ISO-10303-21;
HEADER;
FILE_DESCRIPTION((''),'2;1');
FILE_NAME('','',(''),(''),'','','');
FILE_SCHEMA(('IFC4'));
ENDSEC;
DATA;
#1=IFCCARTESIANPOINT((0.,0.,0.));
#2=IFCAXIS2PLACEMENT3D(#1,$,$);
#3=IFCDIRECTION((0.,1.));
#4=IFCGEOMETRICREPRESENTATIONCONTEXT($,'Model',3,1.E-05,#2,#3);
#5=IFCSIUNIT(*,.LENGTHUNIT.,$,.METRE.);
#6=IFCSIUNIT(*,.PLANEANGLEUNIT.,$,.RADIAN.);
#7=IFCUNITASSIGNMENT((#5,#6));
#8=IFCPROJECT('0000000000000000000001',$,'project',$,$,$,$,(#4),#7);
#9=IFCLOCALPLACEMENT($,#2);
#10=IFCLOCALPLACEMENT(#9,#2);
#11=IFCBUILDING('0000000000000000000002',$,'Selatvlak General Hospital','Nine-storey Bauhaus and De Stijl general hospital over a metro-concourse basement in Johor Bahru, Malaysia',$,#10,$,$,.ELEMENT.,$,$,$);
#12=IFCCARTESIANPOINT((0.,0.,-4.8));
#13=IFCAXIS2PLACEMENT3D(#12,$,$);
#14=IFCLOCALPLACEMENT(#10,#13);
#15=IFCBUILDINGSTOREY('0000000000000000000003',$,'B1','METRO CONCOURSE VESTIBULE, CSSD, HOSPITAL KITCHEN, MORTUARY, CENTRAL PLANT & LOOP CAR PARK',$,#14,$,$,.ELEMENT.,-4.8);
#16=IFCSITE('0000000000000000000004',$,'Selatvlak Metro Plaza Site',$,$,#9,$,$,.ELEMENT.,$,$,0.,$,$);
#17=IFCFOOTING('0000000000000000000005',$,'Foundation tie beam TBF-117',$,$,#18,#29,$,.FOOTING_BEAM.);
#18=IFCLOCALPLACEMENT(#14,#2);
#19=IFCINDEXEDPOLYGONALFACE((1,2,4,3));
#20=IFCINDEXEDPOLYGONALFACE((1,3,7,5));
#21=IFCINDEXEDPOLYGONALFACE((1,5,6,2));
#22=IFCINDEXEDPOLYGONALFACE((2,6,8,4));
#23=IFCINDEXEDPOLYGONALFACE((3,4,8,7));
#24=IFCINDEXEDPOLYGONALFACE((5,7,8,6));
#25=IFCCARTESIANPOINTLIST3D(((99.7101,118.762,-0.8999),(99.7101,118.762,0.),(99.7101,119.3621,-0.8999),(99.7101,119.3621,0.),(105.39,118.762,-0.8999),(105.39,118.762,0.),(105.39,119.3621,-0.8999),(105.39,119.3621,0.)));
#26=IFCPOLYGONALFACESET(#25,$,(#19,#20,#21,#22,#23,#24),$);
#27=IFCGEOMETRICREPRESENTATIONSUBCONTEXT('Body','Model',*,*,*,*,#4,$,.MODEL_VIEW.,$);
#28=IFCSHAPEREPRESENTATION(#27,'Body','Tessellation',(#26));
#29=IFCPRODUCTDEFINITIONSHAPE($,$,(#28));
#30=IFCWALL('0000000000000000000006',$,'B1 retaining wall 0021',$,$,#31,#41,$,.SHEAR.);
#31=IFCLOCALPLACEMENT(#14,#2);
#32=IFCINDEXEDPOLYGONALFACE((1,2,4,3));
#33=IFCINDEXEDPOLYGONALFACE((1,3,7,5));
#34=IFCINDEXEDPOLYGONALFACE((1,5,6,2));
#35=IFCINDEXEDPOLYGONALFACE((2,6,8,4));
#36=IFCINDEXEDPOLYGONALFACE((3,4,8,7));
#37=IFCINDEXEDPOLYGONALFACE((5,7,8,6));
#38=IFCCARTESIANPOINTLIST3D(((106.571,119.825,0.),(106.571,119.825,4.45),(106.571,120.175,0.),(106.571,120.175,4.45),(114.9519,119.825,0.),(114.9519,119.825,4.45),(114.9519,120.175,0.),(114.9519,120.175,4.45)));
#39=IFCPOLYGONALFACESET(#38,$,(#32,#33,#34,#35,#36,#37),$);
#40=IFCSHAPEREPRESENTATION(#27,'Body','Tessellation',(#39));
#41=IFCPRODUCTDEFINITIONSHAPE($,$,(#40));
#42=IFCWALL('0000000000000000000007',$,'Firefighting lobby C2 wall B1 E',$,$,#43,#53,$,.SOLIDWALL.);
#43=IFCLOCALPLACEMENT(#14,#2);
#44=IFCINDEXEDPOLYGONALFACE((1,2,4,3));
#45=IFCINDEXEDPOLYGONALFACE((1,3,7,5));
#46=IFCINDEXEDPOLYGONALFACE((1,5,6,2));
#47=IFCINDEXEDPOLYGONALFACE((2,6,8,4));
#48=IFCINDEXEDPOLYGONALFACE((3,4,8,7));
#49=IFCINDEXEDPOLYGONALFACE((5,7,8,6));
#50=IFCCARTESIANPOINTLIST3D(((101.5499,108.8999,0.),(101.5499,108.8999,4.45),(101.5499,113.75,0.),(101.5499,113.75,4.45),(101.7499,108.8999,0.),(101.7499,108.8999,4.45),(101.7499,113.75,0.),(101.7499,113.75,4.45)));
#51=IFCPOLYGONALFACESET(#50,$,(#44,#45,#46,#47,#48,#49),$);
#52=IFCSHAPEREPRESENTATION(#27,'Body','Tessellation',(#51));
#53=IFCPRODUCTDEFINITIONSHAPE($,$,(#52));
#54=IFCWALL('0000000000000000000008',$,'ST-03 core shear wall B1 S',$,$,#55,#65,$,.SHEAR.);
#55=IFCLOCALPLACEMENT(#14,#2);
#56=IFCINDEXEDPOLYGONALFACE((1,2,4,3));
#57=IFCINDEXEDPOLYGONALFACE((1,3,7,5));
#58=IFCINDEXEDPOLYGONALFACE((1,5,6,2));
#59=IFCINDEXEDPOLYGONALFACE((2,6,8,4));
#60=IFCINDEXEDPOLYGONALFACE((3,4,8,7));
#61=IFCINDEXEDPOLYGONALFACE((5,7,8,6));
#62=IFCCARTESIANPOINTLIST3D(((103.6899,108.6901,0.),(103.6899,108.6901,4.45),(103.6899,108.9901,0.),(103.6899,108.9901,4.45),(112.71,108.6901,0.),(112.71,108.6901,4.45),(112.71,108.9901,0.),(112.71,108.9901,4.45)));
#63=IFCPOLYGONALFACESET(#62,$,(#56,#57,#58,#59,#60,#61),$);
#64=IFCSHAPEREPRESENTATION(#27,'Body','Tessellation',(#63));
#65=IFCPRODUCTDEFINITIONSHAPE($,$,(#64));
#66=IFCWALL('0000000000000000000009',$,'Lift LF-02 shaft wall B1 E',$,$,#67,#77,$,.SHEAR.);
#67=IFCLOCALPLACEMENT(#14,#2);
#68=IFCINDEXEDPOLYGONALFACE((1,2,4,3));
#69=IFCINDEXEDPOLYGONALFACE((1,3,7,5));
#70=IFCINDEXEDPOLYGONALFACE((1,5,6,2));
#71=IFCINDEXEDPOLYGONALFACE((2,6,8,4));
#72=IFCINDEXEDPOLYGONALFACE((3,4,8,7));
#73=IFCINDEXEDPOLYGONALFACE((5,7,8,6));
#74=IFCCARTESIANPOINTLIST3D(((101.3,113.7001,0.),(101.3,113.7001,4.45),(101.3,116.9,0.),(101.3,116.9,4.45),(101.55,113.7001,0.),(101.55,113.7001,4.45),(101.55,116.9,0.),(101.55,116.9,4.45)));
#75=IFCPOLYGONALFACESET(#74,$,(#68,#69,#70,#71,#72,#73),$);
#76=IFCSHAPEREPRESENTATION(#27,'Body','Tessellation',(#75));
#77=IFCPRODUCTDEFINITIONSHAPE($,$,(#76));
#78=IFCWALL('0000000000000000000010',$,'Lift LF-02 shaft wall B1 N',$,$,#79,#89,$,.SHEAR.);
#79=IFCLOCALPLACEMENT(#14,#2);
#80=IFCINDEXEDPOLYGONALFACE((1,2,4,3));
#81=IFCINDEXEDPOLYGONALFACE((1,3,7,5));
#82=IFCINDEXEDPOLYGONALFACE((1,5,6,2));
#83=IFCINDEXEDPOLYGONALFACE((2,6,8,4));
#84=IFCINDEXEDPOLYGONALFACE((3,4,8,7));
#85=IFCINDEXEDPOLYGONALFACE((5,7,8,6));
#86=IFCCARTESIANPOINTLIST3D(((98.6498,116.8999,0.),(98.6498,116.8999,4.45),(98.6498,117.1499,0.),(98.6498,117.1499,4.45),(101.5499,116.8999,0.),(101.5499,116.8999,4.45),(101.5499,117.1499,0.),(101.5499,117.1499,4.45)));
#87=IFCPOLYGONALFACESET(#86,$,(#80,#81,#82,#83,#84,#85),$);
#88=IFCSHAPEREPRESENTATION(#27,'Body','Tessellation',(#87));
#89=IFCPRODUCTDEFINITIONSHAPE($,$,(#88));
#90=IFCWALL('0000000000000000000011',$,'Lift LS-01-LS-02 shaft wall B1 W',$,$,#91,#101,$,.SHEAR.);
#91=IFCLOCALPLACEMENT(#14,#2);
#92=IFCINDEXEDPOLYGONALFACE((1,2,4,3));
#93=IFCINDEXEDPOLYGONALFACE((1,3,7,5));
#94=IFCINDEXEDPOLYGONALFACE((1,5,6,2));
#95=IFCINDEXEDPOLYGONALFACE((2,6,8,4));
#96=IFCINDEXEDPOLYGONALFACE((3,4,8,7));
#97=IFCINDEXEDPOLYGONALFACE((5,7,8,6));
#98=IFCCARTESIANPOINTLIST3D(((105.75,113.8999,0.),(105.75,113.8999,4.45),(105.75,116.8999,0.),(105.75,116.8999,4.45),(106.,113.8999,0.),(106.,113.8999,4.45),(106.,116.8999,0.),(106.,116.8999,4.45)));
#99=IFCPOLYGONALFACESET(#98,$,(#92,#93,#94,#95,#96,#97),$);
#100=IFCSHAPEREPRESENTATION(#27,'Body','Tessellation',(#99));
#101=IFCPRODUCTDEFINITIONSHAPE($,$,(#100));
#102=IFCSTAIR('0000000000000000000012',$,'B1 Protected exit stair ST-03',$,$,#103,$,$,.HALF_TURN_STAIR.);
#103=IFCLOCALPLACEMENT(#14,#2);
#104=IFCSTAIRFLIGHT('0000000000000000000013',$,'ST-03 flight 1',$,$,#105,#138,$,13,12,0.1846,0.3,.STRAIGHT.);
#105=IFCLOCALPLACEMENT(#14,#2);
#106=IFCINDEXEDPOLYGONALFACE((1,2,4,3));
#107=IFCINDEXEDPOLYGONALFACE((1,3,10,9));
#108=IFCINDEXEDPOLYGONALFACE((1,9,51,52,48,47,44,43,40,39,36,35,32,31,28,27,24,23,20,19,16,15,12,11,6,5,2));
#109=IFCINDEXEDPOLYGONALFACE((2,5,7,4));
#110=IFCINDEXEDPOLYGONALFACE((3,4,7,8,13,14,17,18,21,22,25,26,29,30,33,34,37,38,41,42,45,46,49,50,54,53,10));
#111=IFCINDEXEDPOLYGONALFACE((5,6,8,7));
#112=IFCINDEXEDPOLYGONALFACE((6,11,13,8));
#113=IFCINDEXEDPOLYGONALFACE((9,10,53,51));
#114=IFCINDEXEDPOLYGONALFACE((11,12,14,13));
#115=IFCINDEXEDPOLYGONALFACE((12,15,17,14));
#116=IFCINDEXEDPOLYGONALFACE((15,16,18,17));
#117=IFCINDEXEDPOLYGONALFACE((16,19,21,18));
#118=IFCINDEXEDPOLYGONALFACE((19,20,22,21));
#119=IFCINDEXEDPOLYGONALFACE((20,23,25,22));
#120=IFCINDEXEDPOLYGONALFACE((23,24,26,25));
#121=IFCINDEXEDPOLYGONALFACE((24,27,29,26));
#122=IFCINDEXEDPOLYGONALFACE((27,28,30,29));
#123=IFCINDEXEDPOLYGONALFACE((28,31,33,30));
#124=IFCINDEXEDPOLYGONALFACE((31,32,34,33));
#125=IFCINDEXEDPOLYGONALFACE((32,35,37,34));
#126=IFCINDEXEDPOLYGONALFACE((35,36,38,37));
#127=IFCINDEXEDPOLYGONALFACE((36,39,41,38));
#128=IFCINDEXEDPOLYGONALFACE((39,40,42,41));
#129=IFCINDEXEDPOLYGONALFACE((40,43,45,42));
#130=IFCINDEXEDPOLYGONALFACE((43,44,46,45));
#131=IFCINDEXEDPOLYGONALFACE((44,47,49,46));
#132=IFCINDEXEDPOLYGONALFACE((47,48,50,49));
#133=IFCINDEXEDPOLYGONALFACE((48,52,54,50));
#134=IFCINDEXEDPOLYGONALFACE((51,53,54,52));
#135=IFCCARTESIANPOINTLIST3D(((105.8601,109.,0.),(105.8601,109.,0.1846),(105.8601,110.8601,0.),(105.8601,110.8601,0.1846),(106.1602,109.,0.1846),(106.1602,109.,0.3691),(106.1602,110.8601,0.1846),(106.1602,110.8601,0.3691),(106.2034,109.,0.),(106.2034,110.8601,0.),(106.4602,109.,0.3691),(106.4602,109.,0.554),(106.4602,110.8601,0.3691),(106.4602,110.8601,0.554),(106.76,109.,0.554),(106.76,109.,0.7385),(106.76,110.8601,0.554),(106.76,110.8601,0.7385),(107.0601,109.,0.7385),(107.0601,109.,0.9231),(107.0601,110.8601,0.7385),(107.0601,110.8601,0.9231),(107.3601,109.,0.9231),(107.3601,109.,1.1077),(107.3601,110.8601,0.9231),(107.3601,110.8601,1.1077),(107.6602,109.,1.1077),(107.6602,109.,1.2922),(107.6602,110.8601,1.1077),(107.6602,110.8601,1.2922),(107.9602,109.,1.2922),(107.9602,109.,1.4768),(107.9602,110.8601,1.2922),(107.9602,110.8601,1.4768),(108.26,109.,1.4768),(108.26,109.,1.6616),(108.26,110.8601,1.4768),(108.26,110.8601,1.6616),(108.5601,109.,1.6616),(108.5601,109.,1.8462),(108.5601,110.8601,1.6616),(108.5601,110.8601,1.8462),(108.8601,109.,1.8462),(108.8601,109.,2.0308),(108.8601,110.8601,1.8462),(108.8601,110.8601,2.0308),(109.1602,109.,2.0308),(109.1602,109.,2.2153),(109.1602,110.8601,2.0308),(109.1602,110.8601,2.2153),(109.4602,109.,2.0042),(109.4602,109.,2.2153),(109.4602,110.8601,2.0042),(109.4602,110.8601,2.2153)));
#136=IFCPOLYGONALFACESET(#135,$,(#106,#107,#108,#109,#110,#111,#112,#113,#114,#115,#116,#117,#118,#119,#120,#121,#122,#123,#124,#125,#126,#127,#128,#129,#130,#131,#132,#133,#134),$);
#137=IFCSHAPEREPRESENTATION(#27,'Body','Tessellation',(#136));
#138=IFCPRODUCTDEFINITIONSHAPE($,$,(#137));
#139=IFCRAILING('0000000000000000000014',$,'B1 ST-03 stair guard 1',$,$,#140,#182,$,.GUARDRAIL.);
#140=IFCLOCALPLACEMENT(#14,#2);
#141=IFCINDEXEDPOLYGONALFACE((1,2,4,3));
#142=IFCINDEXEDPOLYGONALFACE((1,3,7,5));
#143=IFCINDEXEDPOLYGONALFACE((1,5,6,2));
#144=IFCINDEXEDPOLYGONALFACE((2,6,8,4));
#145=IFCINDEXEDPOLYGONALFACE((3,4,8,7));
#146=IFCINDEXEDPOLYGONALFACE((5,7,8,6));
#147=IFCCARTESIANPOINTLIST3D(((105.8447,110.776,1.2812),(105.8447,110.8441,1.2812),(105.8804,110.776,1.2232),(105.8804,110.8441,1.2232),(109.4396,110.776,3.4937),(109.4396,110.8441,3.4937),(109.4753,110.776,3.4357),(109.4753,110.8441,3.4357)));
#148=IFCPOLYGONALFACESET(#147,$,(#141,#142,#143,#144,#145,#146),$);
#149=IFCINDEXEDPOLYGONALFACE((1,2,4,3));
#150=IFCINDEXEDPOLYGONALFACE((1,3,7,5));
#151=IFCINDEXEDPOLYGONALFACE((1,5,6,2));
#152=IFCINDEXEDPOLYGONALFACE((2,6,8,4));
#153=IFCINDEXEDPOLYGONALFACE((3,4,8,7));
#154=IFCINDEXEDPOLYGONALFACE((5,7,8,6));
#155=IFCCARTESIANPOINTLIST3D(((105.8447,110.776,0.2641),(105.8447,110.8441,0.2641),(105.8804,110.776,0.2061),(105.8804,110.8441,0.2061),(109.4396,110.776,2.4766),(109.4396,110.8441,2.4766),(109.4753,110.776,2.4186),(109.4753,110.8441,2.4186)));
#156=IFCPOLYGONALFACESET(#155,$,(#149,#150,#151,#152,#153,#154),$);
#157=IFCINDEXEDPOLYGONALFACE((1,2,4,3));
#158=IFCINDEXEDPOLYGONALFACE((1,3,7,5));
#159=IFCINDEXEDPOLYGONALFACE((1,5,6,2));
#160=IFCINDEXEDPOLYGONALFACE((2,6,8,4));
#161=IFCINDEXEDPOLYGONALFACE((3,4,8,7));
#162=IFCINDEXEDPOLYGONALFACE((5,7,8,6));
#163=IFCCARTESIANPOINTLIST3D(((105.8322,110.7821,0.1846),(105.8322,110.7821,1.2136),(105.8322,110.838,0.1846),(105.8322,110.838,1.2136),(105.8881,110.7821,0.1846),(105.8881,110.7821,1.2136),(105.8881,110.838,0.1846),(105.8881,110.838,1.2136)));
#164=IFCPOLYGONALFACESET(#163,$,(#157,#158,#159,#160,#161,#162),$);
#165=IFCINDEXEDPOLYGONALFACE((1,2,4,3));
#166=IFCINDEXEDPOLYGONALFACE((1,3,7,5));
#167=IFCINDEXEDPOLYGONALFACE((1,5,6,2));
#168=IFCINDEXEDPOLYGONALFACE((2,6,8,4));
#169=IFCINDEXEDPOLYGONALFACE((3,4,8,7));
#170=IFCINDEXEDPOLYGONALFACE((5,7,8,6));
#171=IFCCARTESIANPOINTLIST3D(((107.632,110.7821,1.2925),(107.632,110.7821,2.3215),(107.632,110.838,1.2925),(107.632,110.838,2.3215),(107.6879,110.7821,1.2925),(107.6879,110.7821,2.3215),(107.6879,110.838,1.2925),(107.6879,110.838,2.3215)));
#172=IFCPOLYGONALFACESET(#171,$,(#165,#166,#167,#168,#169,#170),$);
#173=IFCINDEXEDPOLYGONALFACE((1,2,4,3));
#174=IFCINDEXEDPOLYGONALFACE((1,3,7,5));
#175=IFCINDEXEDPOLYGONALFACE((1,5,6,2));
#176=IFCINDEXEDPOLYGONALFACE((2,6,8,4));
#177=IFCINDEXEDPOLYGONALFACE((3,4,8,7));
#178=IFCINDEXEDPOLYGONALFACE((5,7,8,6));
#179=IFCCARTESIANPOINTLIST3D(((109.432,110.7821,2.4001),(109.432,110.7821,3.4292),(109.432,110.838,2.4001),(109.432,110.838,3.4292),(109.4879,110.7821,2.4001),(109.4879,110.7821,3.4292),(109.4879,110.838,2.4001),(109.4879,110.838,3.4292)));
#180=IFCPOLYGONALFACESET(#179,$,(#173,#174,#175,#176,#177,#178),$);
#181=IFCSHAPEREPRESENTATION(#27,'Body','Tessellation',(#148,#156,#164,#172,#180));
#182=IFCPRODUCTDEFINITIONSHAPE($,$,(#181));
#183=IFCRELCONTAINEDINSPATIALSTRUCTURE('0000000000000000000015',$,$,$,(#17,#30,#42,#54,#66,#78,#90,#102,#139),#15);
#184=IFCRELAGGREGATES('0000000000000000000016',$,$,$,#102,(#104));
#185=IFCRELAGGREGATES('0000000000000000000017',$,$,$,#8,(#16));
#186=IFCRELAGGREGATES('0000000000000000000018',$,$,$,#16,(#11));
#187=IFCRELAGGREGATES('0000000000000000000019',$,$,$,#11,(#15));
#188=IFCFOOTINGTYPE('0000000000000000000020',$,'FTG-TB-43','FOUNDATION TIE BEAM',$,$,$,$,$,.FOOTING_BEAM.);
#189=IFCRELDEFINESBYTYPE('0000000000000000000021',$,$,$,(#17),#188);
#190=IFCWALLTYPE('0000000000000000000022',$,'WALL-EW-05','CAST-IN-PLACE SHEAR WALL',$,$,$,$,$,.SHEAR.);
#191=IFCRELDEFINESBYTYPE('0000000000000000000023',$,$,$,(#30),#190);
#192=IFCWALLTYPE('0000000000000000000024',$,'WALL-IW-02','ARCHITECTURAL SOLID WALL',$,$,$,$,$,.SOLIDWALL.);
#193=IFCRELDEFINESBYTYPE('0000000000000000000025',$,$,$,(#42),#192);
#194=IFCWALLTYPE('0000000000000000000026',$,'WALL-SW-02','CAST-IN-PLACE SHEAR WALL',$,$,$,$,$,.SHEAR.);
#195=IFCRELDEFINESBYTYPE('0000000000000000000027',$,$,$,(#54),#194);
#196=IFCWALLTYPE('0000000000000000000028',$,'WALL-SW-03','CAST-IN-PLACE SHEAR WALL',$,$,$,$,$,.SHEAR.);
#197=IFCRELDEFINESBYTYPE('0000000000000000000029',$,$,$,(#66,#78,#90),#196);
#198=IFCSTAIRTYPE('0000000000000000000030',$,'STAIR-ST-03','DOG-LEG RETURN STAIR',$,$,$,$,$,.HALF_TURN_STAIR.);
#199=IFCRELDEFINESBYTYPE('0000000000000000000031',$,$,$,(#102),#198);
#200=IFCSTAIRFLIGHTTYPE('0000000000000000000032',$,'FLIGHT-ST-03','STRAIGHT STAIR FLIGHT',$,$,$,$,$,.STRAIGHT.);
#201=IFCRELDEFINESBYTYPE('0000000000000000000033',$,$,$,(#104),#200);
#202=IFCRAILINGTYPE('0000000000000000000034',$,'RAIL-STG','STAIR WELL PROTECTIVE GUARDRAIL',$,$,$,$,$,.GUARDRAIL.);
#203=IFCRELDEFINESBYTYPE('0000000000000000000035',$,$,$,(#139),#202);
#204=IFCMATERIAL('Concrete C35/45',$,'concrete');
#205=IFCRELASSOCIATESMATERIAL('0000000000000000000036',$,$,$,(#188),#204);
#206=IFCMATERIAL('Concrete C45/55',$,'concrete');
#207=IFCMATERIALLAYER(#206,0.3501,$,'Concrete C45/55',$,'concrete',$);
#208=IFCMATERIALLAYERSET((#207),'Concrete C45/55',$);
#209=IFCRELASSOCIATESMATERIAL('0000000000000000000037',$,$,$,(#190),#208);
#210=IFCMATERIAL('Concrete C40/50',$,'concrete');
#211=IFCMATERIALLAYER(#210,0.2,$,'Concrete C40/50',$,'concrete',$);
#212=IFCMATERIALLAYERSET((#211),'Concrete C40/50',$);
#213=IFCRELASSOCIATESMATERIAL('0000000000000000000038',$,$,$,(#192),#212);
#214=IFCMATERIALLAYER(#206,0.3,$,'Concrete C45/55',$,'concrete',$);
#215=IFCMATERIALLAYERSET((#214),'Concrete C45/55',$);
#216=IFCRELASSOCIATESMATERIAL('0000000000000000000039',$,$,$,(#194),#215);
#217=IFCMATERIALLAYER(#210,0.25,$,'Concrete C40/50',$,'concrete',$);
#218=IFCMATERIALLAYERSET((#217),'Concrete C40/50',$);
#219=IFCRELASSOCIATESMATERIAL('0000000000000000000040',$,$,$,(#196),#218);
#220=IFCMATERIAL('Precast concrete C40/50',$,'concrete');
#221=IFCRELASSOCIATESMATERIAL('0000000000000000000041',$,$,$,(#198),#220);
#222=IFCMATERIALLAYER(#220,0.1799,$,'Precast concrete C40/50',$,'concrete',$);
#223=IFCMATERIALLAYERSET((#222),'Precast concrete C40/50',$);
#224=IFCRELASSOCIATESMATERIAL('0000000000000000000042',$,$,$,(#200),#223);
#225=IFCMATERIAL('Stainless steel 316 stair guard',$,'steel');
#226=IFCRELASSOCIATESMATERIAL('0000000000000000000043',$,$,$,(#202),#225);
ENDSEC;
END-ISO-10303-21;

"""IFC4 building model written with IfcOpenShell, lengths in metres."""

from ifc_helpers import new_model, si_unit, direction, frame, frame_2d, origin, origin_2d, place, context, subcontext, project, spatial, polyline, rectangle, outline, extrude, material, layer, layer_set, type_object, element, aggregate, save


model = new_model("IFC4")

# Units and contexts
model_context = context("Model", 3, precision=1e-05, world=origin(), true_north=direction((0.0, 1.0)))
body_context = subcontext(model_context, "Body", "Model", "MODEL_VIEW")
ifc_project = project(units=[si_unit("LENGTHUNIT", "METRE"), si_unit("PLANEANGLEUNIT", "RADIAN")], contexts=[model_context])

# Site, building, storey
site_placement = place(None, origin())
site = spatial("IfcSite", under=ifc_project, at=site_placement, Name="Selatvlak Metro Plaza Site", CompositionType="ELEMENT", RefElevation=0.0)
building_placement = place(site_placement, origin())
building = spatial("IfcBuilding", under=site, at=building_placement, Name="Selatvlak General Hospital", Description="Nine-storey Bauhaus and De Stijl general hospital over a metro-concourse basement in Johor Bahru, Malaysia", CompositionType="ELEMENT")
storey_placement = place(building_placement, frame((0.0, 0.0, -4.8)))
storey = spatial("IfcBuildingStorey", under=building, at=storey_placement, Name="B1", Description="METRO CONCOURSE VESTIBULE, CSSD, HOSPITAL KITCHEN, MORTUARY, CENTRAL PLANT & LOOP CAR PARK", CompositionType="ELEMENT", Elevation=-4.8)

# Footing
ifc_material_1 = material(Name="Concrete C35/45", Category="concrete")
footing_type = type_object("IfcFootingType", Name="FTG-TB-43", Description="FOUNDATION TIE BEAM", PredefinedType="FOOTING_BEAM", material=ifc_material_1)
footing_placement = place(storey_placement, frame((102.55, 119.062, -0.8999), z_axis=(0.0, 0.0, 1.0), x_axis=(1.0, 0.0, 0.0)))
element("IfcFooting", 1, at=footing_placement, inside=storey, type_object=footing_type, Name="Foundation tie beam TBF-117", PredefinedType="FOOTING_BEAM", context=body_context, shape_type="SweptSolid", body=[
    extrude(rectangle(XDim=5.6799, YDim=0.6001, at=origin_2d()), origin(), (0.0, 0.0, 1.0), 0.8999),
])

# Walls
ifc_material_2 = material(Name="Concrete C45/55", Category="concrete")
ifc_layer_1 = layer(ifc_material_2, 0.3501, Name="Concrete C45/55", Category="concrete")
ifc_layer_set_1 = layer_set([ifc_layer_1], Name="Concrete C45/55")
wall_type_1 = type_object("IfcWallType", Name="WALL-EW-05", Description="CAST-IN-PLACE SHEAR WALL", PredefinedType="SHEAR", material=ifc_layer_set_1)
wall_1_placement = place(storey_placement, frame((106.571, 120.0, 0.0), z_axis=(0.0, 0.0, 1.0), x_axis=(1.0, 0.0, 0.0)))
element("IfcWall", 2, at=wall_1_placement, inside=storey, type_object=wall_type_1, Name="B1 retaining wall 0021", PredefinedType="SHEAR", context=body_context, shape_type="SweptSolid", body=[
    extrude(rectangle(XDim=8.3809, YDim=0.3501, at=frame_2d((4.1904, 0.0))), origin(), (0.0, 0.0, 1.0), 4.45),
])
ifc_material_3 = material(Name="Concrete C40/50", Category="concrete")
ifc_layer_2 = layer(ifc_material_3, 0.2, Name="Concrete C40/50", Category="concrete")
ifc_layer_set_2 = layer_set([ifc_layer_2], Name="Concrete C40/50")
wall_type_2 = type_object("IfcWallType", Name="WALL-IW-02", Description="ARCHITECTURAL SOLID WALL", PredefinedType="SOLIDWALL", material=ifc_layer_set_2)
wall_2_placement = place(storey_placement, frame((101.6499, 108.8999, 0.0), z_axis=(0.0, 0.0, 1.0), x_axis=(0.0, 1.0, 0.0)))
element("IfcWall", 3, at=wall_2_placement, inside=storey, type_object=wall_type_2, Name="Firefighting lobby C2 wall B1 E", PredefinedType="SOLIDWALL", context=body_context, shape_type="SweptSolid", body=[
    extrude(rectangle(XDim=4.8501, YDim=0.2, at=frame_2d((2.425, 0.0))), origin(), (0.0, 0.0, 1.0), 4.45),
])

# Wall
ifc_layer_3 = layer(ifc_material_2, 0.3, Name="Concrete C45/55", Category="concrete")
ifc_layer_set_3 = layer_set([ifc_layer_3], Name="Concrete C45/55")
wall_type_3 = type_object("IfcWallType", Name="WALL-SW-02", Description="CAST-IN-PLACE SHEAR WALL", PredefinedType="SHEAR", material=ifc_layer_set_3)
wall_3_placement = place(storey_placement, frame((103.6899, 108.8401, 0.0), z_axis=(0.0, 0.0, 1.0), x_axis=(1.0, 0.0, 0.0)))
element("IfcWall", 4, at=wall_3_placement, inside=storey, type_object=wall_type_3, Name="ST-03 core shear wall B1 S", PredefinedType="SHEAR", context=body_context, shape_type="SweptSolid", body=[
    extrude(rectangle(XDim=9.02, YDim=0.3, at=frame_2d((4.51, 0.0))), origin(), (0.0, 0.0, 1.0), 4.45),
])

# Walls
ifc_layer_4 = layer(ifc_material_3, 0.25, Name="Concrete C40/50", Category="concrete")
ifc_layer_set_4 = layer_set([ifc_layer_4], Name="Concrete C40/50")
wall_type_4 = type_object("IfcWallType", Name="WALL-SW-03", Description="CAST-IN-PLACE SHEAR WALL", PredefinedType="SHEAR", material=ifc_layer_set_4)
wall_4_placement = place(storey_placement, frame((101.425, 113.7, 0.0), z_axis=(0.0, 0.0, 1.0), x_axis=(0.0, 1.0, 0.0)))
element("IfcWall", 5, at=wall_4_placement, inside=storey, type_object=wall_type_4, Name="Lift LF-02 shaft wall B1 E", PredefinedType="SHEAR", context=body_context, shape_type="SweptSolid", body=[
    extrude(rectangle(XDim=3.2, YDim=0.25, at=frame_2d((1.6001, 0.0))), origin(), (0.0, 0.0, 1.0), 4.45),
])
wall_5_placement = place(storey_placement, frame((101.55, 117.0249, 0.0), z_axis=(0.0, 0.0, 1.0), x_axis=(-1.0, 0.0, 0.0)))
element("IfcWall", 6, at=wall_5_placement, inside=storey, type_object=wall_type_4, Name="Lift LF-02 shaft wall B1 N", PredefinedType="SHEAR", context=body_context, shape_type="SweptSolid", body=[
    extrude(rectangle(XDim=2.9001, YDim=0.25, at=frame_2d((1.4502, 0.0))), origin(), (0.0, 0.0, 1.0), 4.45),
])

# Wall
wall_6_placement = place(storey_placement, frame((105.875, 116.8999, 0.0), z_axis=(0.0, 0.0, 1.0), x_axis=(0.0, -1.0, 0.0)))
element("IfcWall", 7, at=wall_6_placement, inside=storey, type_object=wall_type_4, Name="Lift LS-01-LS-02 shaft wall B1 W", PredefinedType="SHEAR", context=body_context, shape_type="SweptSolid", body=[
    extrude(rectangle(XDim=3.0, YDim=0.25, at=frame_2d((1.5, 0.0))), origin(), (0.0, 0.0, 1.0), 4.45),
])

# Stair, stair flight
ifc_material_4 = material(Name="Precast concrete C40/50", Category="concrete")
stair_type = type_object("IfcStairType", Name="STAIR-ST-03", Description="DOG-LEG RETURN STAIR", PredefinedType="HALF_TURN_STAIR", material=ifc_material_4)
stair_placement = place(storey_placement, origin())
stair = element("IfcStair", 8, at=stair_placement, inside=storey, type_object=stair_type, Name="B1 Protected exit stair ST-03", PredefinedType="HALF_TURN_STAIR")
ifc_layer_5 = layer(ifc_material_4, 0.1799, Name="Precast concrete C40/50", Category="concrete")
ifc_layer_set_5 = layer_set([ifc_layer_5], Name="Precast concrete C40/50")
stair_flight_type = type_object("IfcStairFlightType", Name="FLIGHT-ST-03", Description="STRAIGHT STAIR FLIGHT", PredefinedType="STRAIGHT", material=ifc_layer_set_5)
stair_flight_placement = place(storey_placement, frame((105.8601, 109.9299, 0.0), z_axis=(0.0, 0.0, 1.0), x_axis=(1.0, 0.0, 0.0)))
stair_flight = element("IfcStairFlight", 9, at=stair_flight_placement, type_object=stair_flight_type, Name="ST-03 flight 1", NumberOfRisers=13, NumberOfTreads=12, PredefinedType="STRAIGHT", RiserHeight=0.1846, TreadLength=0.3, context=body_context, shape_type="SweptSolid", body=[
    extrude(outline(polyline([(0.0, 0.0), (0.0, 0.1846), (0.3, 0.1846), (0.3, 0.3691), (0.6001, 0.3691), (0.6001, 0.554), (0.8999, 0.554), (0.8999, 0.7385), (1.2, 0.7385), (1.2, 0.9231), (1.5, 0.9231), (1.5, 1.1077), (1.8, 1.1077), (1.8, 1.2922), (2.1001, 1.2922), (2.1001, 1.4768), (2.3999, 1.4768), (2.3999, 1.6616), (2.7, 1.6616), (2.7, 1.8462), (3.0, 1.8462), (3.0, 2.0308), (3.3, 2.0308), (3.3, 2.2153), (3.6001, 2.2153), (3.6001, 2.3999), (3.6001, 2.0042), (0.3433, 0.0), (0.0, 0.0)])), frame((0.0, 0.9302, 0.0), z_axis=(0.0, -1.0, 0.0), x_axis=(1.0, 0.0, 0.0)), (0.0, 0.0, 1.0), 1.8601),
])
aggregate(stair, [stair_flight])

# Railing
ifc_material_5 = material(Name="Stainless steel 316 stair guard", Category="steel")
railing_type_1 = type_object("IfcRailingType", Name="RAIL-STG", Description="STAIR WELL PROTECTIVE GUARDRAIL", PredefinedType="GUARDRAIL", material=ifc_material_5)
railing_1_placement = place(storey_placement, frame((105.8601, 110.8101, 0.1846)))
element("IfcRailing", 10, at=railing_1_placement, inside=storey, type_object=railing_type_1, Name="B1 ST-03 stair guard 1", PredefinedType="GUARDRAIL", context=body_context, shape_type="SweptSolid", body=[
    extrude(rectangle(XDim=0.0681, YDim=0.0681, at=origin_2d()), frame((0.0024, 0.0, 1.0676), z_axis=(0.851629, 0.0, 0.524146), x_axis=(0.0, 1.0, 0.0)), (0.0, 0.0, 1.0), 4.2212),
    extrude(rectangle(XDim=0.0681, YDim=0.0681, at=origin_2d()), frame((0.0024, 0.0, 0.0505), z_axis=(0.851629, 0.0, 0.524146), x_axis=(0.0, 1.0, 0.0)), (0.0, 0.0, 1.0), 4.2212),
    extrude(rectangle(XDim=0.0559, YDim=0.0559, at=origin_2d()), origin(), (0.0, 0.0, 1.0), 1.0291),
    extrude(rectangle(XDim=0.0559, YDim=0.0559, at=origin_2d()), frame((1.7998, 0.0, 1.1079)), (0.0, 0.0, 1.0), 1.0291),
    extrude(rectangle(XDim=0.0559, YDim=0.0559, at=origin_2d()), frame((3.5999, 0.0, 2.2156)), (0.0, 0.0, 1.0), 1.0291),
])

save(model, "model.ifc")
